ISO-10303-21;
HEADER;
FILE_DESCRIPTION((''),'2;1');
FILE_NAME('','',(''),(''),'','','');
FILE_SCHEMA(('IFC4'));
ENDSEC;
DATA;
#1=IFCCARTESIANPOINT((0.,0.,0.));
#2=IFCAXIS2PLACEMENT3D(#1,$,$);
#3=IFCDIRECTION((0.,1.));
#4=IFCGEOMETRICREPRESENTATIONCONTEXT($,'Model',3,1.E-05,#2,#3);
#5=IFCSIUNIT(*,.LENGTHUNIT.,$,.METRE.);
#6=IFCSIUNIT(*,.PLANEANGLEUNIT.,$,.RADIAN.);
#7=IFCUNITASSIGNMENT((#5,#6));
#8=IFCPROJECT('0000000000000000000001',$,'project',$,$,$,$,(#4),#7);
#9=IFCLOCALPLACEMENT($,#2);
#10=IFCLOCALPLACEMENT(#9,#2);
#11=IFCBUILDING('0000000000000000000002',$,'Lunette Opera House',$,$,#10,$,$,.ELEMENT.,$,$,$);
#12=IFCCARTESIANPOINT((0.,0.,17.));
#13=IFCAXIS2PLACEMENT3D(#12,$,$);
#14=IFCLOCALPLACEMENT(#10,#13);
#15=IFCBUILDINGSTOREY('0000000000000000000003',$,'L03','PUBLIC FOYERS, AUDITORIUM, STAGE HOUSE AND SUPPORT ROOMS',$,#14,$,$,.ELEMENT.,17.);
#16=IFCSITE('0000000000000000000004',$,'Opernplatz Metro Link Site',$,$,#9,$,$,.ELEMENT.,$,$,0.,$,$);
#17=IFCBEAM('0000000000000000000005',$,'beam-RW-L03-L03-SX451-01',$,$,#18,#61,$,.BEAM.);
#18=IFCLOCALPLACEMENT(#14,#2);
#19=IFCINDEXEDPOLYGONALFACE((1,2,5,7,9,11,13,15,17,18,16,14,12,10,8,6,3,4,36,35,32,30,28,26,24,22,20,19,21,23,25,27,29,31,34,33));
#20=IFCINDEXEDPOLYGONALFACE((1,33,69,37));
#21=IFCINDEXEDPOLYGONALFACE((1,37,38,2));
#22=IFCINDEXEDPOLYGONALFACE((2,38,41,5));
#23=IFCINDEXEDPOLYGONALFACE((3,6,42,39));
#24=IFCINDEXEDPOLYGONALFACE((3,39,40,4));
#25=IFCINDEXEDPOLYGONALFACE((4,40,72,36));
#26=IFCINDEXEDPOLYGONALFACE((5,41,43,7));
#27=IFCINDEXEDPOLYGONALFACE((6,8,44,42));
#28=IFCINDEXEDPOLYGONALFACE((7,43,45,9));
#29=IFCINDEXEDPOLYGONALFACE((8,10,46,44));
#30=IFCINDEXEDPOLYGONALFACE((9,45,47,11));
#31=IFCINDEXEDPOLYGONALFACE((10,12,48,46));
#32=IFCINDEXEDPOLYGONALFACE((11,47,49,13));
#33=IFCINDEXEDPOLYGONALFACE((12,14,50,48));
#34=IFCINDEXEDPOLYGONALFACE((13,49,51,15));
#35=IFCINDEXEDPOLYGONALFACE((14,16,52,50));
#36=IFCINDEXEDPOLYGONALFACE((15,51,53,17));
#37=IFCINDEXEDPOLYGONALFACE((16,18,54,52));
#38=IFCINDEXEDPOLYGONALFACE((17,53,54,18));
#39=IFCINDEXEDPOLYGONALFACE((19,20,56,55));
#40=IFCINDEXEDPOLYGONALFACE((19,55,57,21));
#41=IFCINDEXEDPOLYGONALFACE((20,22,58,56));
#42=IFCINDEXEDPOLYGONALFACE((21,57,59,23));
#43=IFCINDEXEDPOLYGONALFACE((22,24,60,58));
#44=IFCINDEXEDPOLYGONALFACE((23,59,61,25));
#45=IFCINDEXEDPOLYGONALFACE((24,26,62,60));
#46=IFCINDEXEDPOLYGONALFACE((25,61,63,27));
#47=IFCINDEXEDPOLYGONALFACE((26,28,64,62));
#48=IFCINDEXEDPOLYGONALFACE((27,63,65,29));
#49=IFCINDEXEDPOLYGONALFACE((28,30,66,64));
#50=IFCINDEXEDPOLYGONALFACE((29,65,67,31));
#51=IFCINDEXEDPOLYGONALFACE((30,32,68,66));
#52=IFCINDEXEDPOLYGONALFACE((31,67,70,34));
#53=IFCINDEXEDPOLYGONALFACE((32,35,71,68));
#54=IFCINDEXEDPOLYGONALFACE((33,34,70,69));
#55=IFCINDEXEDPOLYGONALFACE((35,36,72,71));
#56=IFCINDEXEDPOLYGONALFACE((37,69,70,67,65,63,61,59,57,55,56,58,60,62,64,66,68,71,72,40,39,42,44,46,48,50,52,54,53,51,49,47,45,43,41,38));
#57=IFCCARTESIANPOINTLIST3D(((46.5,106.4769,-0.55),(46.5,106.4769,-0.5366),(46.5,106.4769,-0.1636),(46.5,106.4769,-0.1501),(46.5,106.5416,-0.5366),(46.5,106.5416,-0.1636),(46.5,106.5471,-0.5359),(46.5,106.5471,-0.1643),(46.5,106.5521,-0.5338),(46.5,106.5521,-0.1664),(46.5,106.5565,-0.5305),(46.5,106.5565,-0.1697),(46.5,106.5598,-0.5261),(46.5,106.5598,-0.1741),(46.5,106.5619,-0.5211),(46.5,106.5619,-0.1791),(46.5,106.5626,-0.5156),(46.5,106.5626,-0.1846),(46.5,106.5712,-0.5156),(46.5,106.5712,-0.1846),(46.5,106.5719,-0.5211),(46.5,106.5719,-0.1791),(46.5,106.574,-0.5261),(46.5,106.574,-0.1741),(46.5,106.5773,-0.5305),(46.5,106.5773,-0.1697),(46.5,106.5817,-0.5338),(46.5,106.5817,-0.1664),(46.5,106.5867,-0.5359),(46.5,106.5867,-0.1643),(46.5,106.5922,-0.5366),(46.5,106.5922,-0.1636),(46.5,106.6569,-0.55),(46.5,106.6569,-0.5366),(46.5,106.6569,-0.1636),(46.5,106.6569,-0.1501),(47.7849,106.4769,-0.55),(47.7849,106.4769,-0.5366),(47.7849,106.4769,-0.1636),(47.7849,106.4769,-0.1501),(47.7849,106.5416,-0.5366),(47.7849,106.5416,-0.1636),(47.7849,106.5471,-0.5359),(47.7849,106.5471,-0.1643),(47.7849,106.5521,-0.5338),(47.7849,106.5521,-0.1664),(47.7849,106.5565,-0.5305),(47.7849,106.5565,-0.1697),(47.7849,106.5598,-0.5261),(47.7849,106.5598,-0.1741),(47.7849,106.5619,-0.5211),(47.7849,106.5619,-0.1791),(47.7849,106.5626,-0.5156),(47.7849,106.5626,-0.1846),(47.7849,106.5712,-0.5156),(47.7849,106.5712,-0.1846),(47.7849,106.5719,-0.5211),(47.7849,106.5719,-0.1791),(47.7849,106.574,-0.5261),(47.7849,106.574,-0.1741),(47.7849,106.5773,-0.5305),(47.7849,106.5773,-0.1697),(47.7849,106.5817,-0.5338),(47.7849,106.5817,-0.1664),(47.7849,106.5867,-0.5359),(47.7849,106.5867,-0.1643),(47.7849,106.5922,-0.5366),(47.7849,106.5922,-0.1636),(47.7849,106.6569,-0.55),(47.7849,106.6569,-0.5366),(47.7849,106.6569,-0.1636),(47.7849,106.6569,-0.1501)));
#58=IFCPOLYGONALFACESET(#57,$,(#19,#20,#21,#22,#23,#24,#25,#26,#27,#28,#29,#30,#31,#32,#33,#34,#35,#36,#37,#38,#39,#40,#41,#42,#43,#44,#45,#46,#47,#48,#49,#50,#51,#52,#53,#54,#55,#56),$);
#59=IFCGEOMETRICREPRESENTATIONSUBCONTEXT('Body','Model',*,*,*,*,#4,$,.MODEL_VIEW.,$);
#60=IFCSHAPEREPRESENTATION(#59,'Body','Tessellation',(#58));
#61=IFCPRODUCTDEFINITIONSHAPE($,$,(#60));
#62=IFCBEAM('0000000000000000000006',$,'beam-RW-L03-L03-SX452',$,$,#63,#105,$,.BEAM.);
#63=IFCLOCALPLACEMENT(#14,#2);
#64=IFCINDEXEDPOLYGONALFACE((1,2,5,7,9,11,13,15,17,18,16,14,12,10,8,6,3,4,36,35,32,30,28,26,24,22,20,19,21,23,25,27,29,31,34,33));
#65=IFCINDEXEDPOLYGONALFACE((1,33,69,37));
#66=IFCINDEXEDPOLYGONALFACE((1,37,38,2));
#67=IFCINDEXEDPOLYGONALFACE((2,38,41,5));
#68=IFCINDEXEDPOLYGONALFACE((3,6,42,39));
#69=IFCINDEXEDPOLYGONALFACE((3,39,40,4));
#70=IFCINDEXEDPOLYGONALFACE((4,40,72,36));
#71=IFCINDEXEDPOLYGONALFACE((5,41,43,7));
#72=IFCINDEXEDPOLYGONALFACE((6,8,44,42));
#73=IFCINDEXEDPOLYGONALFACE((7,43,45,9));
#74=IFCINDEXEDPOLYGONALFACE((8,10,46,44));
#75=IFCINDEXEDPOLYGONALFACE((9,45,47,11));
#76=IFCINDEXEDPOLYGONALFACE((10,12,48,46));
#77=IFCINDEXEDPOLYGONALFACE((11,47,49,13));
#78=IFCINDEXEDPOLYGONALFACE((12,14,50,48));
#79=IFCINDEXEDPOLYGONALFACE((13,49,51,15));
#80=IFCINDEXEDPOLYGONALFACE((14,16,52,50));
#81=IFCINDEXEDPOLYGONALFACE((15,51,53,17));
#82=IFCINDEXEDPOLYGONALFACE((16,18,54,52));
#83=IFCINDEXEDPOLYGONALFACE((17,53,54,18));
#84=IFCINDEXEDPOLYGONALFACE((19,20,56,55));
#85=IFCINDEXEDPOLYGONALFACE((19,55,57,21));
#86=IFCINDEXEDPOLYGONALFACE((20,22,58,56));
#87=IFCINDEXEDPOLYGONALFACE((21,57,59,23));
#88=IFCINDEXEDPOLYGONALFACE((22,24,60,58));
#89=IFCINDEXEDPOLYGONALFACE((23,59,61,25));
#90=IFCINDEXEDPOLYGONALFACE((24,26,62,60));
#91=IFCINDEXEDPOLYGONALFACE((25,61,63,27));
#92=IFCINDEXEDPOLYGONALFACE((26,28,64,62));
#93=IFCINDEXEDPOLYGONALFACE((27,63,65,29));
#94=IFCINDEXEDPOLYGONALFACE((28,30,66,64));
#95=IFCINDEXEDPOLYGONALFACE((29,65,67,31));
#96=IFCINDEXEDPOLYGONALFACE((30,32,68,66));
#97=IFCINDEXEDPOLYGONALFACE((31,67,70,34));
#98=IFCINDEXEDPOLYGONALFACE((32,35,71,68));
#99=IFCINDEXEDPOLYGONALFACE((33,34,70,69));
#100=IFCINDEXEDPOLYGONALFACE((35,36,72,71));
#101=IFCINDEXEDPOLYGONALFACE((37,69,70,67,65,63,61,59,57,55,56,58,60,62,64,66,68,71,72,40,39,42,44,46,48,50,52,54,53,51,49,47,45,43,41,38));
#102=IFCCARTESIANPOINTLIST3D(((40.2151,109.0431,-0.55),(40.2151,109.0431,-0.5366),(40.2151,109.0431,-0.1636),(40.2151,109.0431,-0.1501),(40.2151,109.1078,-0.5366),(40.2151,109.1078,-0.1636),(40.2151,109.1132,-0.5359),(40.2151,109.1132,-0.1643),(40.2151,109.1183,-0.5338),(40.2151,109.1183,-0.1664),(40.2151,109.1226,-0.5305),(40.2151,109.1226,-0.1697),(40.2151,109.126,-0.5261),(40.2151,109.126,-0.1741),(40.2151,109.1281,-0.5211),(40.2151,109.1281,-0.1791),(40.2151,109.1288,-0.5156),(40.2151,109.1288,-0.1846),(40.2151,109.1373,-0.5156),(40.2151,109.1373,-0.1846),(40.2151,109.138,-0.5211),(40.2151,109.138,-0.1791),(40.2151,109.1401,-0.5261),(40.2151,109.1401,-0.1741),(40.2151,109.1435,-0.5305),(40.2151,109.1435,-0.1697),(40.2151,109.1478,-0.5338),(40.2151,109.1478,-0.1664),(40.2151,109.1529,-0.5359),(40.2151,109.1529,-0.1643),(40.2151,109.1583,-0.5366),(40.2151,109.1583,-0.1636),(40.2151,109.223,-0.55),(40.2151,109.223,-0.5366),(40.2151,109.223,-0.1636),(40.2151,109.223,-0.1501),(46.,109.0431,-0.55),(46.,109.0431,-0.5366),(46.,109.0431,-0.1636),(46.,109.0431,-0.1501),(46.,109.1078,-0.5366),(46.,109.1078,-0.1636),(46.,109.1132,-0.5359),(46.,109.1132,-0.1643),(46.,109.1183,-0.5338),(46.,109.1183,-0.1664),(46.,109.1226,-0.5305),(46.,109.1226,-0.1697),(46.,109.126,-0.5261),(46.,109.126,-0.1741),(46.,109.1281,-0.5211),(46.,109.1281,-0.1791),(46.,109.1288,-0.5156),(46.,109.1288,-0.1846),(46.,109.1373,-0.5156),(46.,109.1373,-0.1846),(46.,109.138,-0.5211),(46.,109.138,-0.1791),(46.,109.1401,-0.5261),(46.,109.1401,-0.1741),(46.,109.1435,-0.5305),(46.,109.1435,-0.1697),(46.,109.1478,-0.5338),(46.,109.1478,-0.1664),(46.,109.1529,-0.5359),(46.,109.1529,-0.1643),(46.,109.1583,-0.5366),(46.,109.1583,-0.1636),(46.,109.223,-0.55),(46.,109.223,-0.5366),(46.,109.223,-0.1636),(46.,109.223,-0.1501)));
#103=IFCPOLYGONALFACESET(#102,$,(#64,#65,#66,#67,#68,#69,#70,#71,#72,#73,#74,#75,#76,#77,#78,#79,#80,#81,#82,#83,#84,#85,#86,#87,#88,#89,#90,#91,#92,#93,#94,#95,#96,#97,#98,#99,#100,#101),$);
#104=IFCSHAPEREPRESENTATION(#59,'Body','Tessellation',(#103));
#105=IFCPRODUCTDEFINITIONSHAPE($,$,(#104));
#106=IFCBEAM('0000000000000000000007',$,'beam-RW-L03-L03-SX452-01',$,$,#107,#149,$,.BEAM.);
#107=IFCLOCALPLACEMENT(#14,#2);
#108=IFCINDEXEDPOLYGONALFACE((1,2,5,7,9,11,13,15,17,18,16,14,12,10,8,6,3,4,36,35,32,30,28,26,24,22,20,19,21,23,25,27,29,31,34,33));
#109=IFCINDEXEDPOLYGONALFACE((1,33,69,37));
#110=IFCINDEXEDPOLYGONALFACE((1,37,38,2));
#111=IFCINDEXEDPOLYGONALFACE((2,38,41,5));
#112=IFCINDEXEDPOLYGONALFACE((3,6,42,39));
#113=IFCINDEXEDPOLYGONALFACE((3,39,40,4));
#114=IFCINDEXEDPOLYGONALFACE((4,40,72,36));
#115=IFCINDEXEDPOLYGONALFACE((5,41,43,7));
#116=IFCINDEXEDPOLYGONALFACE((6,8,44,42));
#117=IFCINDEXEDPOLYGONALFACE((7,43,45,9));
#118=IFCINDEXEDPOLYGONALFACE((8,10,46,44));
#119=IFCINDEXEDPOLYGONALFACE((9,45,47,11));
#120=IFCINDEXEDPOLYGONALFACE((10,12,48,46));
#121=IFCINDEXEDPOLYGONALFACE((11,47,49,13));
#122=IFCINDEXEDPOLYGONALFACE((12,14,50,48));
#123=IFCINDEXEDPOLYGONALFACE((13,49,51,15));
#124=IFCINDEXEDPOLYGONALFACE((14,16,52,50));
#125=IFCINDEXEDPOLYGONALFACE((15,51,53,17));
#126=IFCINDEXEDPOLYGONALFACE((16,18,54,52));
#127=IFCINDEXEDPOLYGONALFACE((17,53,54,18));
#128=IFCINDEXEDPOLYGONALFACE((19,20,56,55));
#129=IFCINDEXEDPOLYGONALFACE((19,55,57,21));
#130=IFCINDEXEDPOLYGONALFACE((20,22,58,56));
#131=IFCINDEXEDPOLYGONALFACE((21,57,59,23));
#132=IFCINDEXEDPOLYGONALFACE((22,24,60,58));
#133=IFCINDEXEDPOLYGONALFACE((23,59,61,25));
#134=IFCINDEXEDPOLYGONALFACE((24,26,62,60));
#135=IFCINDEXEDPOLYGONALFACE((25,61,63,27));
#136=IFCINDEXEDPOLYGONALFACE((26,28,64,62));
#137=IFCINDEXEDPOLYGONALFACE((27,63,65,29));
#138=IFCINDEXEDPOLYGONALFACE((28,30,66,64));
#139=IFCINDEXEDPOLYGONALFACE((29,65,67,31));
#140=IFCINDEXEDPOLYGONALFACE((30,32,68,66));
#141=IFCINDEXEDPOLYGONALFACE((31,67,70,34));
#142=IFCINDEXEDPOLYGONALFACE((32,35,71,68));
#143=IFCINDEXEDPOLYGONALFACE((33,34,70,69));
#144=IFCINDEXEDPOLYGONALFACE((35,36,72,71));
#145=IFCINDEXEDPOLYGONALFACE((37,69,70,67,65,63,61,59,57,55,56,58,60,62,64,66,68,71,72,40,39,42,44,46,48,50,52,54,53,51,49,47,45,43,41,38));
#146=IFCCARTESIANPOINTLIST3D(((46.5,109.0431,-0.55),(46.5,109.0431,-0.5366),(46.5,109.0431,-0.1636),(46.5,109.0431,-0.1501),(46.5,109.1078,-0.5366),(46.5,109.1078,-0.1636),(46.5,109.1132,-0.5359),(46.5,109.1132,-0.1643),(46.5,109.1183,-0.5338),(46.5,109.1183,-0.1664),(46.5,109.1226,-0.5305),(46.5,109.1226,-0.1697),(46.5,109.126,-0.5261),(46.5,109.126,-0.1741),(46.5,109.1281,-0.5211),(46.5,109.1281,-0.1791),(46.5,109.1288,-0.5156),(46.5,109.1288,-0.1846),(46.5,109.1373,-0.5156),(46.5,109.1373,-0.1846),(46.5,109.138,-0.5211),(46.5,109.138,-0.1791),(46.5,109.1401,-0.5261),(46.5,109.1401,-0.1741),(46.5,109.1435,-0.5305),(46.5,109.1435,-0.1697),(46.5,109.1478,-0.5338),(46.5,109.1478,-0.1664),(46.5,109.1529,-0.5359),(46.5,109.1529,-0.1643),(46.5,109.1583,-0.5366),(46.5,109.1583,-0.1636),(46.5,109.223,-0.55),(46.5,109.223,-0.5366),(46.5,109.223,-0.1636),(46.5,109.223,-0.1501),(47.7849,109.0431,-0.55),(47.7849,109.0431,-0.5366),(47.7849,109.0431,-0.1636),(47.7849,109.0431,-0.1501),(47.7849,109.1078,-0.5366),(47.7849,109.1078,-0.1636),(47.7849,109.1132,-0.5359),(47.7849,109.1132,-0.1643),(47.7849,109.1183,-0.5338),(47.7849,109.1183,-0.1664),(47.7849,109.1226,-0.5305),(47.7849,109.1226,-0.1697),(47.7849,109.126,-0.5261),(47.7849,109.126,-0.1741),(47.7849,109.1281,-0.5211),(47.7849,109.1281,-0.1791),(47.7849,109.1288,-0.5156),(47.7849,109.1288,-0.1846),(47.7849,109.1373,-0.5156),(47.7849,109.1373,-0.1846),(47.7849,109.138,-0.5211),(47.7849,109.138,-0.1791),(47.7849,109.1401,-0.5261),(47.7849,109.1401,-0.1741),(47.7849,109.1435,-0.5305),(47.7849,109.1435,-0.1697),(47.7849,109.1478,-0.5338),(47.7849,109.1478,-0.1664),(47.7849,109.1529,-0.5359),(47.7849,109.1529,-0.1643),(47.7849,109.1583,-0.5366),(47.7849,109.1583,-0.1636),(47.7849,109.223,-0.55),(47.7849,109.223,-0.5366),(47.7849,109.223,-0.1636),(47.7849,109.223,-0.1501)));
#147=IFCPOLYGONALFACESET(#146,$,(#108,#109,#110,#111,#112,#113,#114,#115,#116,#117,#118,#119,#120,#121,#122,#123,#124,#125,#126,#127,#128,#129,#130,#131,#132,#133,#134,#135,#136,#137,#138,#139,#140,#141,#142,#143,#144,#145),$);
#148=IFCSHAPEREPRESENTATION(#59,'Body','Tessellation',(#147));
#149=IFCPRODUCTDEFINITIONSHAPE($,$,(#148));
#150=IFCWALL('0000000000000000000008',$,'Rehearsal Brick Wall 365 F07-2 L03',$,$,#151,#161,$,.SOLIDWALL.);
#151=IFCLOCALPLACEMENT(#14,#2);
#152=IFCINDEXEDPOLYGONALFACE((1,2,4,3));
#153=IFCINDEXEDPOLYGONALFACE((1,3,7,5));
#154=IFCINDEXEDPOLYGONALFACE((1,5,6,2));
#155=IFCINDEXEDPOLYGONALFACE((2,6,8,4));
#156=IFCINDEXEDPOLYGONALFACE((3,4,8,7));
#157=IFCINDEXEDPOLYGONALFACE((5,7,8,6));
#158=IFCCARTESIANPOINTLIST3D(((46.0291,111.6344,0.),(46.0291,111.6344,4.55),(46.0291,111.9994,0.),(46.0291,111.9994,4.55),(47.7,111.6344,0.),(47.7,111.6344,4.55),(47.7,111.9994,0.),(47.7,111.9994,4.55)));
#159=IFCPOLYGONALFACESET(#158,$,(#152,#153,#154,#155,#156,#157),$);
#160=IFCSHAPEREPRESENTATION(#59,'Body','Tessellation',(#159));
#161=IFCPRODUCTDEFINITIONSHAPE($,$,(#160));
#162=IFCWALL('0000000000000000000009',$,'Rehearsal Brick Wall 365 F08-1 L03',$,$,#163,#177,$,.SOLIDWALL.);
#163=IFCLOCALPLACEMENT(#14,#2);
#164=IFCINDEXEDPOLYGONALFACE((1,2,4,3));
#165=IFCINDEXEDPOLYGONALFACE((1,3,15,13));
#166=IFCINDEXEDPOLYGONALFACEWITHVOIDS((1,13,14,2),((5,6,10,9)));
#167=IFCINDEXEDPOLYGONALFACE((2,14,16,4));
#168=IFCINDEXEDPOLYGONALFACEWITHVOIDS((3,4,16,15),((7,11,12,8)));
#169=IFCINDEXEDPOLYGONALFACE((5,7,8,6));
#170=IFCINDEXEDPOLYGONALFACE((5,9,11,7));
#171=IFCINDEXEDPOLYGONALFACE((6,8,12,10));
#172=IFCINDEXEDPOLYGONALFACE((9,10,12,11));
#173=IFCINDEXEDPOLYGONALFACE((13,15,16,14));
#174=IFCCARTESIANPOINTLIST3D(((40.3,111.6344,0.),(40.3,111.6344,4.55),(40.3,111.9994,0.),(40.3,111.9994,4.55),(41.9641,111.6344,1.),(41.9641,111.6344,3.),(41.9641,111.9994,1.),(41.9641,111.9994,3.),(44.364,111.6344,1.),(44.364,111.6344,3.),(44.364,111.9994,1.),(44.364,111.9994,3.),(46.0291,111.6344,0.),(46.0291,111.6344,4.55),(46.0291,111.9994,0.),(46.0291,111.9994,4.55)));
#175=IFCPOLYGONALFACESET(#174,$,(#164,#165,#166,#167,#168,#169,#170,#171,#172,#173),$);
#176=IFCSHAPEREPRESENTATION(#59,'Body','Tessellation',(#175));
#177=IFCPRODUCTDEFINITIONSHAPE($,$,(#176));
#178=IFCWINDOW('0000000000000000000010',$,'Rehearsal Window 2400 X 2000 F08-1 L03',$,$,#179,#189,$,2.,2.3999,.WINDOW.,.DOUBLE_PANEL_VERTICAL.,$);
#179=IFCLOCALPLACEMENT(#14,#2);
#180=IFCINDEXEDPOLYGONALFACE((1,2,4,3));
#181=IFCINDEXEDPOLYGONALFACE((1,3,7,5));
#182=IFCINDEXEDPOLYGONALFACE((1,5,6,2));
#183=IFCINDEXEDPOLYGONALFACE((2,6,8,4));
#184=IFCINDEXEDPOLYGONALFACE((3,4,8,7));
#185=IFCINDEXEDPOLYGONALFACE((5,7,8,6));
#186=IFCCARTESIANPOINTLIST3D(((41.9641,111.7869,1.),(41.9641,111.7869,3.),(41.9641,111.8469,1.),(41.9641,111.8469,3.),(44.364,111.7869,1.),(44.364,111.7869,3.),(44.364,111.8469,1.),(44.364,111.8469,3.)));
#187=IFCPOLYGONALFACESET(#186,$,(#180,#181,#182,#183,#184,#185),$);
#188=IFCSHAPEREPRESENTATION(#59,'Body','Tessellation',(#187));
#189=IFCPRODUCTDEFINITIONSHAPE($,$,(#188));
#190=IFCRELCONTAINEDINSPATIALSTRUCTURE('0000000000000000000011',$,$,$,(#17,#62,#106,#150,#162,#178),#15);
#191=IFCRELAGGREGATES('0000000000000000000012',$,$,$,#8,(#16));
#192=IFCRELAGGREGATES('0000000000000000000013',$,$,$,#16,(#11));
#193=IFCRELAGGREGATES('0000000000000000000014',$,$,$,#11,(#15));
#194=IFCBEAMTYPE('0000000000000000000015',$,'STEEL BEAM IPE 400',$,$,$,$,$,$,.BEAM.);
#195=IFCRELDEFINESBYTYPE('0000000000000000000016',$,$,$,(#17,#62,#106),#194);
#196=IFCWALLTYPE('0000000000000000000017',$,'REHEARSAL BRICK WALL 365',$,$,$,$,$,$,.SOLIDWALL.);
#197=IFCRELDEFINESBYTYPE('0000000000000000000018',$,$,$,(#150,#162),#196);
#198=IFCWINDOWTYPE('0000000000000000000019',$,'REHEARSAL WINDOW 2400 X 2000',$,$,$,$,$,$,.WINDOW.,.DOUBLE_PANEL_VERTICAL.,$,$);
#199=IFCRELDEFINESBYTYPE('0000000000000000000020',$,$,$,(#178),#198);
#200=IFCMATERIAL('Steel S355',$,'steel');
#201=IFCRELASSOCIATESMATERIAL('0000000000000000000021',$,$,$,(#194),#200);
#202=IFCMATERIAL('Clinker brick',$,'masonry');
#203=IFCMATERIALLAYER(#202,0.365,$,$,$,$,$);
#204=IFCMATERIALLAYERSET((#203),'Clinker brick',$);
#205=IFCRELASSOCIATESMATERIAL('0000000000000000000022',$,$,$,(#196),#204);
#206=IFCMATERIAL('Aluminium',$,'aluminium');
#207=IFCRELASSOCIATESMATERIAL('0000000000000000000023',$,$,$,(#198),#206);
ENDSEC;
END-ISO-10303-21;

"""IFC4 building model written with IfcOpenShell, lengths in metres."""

from ifc_helpers import new_model, si_unit, direction, frame, frame_2d, origin, origin_2d, place, context, subcontext, project, spatial, rectangle, i_section, extrude, material, layer, layer_set, material_profile, profile_set, type_object, element, fill, save


model = new_model("IFC4")

# Units and contexts
model_context = context("Model", 3, precision=1e-05, world=origin(), true_north=direction((0.0, 1.0)))
body_context = subcontext(model_context, "Body", "Model", "MODEL_VIEW")
ifc_project = project(units=[si_unit("LENGTHUNIT", "METRE"), si_unit("PLANEANGLEUNIT", "RADIAN")], contexts=[model_context])

# Site, building, storey
site_placement = place(None, origin())
site = spatial("IfcSite", under=ifc_project, at=site_placement, Name="Opernplatz Metro Link Site", CompositionType="ELEMENT", RefElevation=0.0)
building_placement = place(site_placement, origin())
building = spatial("IfcBuilding", under=site, at=building_placement, Name="Lunette Opera House", CompositionType="ELEMENT")
storey_placement = place(building_placement, frame((0.0, 0.0, 17.0)))
storey = spatial("IfcBuildingStorey", under=building, at=storey_placement, Name="L03", Description="PUBLIC FOYERS, AUDITORIUM, STAGE HOUSE AND SUPPORT ROOMS", CompositionType="ELEMENT", Elevation=17.0)

# Beams
ifc_material_1 = material(Name="Steel S355", Category="steel")
ifc_material_profile_1 = material_profile(ifc_material_1, i_section(OverallWidth=0.1799, OverallDepth=0.3999, WebThickness=0.0085, FlangeThickness=0.0134, FilletRadius=0.021, at=origin_2d()), Name="IPE 400")
ifc_profile_set_1 = profile_set([ifc_material_profile_1], Name="Steel S355")
beam_type_1 = type_object("IfcBeamType", Name="STEEL BEAM IPE 400", PredefinedType="BEAM", material=ifc_profile_set_1)
beam_1_placement = place(storey_placement, frame((46.5, 106.5669, -0.3501), z_axis=(1.0, 0.0, 0.0), x_axis=(0.0, 1.0, 0.0)))
element("IfcBeam", 1, at=beam_1_placement, inside=storey, type_object=beam_type_1, Name="beam-RW-L03-L03-SX451-01", PredefinedType="BEAM", context=body_context, shape_type="SweptSolid", body=[
    extrude(i_section(OverallWidth=0.1799, OverallDepth=0.3999, WebThickness=0.0085, FlangeThickness=0.0134, FilletRadius=0.021, at=origin_2d()), origin(), (0.0, 0.0, 1.0), 1.2849),
])
beam_2_placement = place(storey_placement, frame((40.2151, 109.1331, -0.3501), z_axis=(1.0, 0.0, 0.0), x_axis=(0.0, 1.0, 0.0)))
element("IfcBeam", 2, at=beam_2_placement, inside=storey, type_object=beam_type_1, Name="beam-RW-L03-L03-SX452", PredefinedType="BEAM", context=body_context, shape_type="SweptSolid", body=[
    extrude(i_section(OverallWidth=0.1799, OverallDepth=0.3999, WebThickness=0.0085, FlangeThickness=0.0134, FilletRadius=0.021, at=origin_2d()), origin(), (0.0, 0.0, 1.0), 5.7849),
])
beam_3_placement = place(storey_placement, frame((46.5, 109.1331, -0.3501), z_axis=(1.0, 0.0, 0.0), x_axis=(0.0, 1.0, 0.0)))
element("IfcBeam", 3, at=beam_3_placement, inside=storey, type_object=beam_type_1, Name="beam-RW-L03-L03-SX452-01", PredefinedType="BEAM", context=body_context, shape_type="SweptSolid", body=[
    extrude(i_section(OverallWidth=0.1799, OverallDepth=0.3999, WebThickness=0.0085, FlangeThickness=0.0134, FilletRadius=0.021, at=origin_2d()), origin(), (0.0, 0.0, 1.0), 1.2849),
])

# Wall
ifc_material_2 = material(Name="Clinker brick", Category="masonry")
ifc_layer_1 = layer(ifc_material_2, 0.365)
ifc_layer_set_1 = layer_set([ifc_layer_1], Name="Clinker brick")
wall_type = type_object("IfcWallType", Name="REHEARSAL BRICK WALL 365", PredefinedType="SOLIDWALL", material=ifc_layer_set_1)
wall_1_placement = place(storey_placement, frame((47.7, 111.8169, 0.0), z_axis=(0.0, 0.0, 1.0), x_axis=(-1.0, 0.0, 0.0)))
element("IfcWall", 4, at=wall_1_placement, inside=storey, type_object=wall_type, Name="Rehearsal Brick Wall 365 F07-2 L03", PredefinedType="SOLIDWALL", context=body_context, shape_type="SweptSolid", body=[
    extrude(rectangle(XDim=1.6709, YDim=0.365, at=frame_2d((0.8354, 0.0))), origin(), (0.0, 0.0, 1.0), 4.55),
])

# Wall, opening, window
wall_2_placement = place(storey_placement, frame((46.0291, 111.8169, 0.0), z_axis=(0.0, 0.0, 1.0), x_axis=(-1.0, 0.0, 0.0)))
wall_2 = element("IfcWall", 5, at=wall_2_placement, inside=storey, type_object=wall_type, Name="Rehearsal Brick Wall 365 F08-1 L03", PredefinedType="SOLIDWALL", context=body_context, shape_type="SweptSolid", body=[
    extrude(rectangle(XDim=5.729, YDim=0.365, at=frame_2d((2.8645, 0.0))), origin(), (0.0, 0.0, 1.0), 4.55),
])
opening_1_placement = place(wall_2_placement, frame((1.665, 0.0, 1.0)))
opening_1 = element("IfcOpeningElement", 6, at=opening_1_placement, cuts=wall_2, PredefinedType="OPENING", context=body_context, shape_type="SweptSolid", body=[
    extrude(rectangle(XDim=2.3999, YDim=2.0, at=frame_2d((1.2, 1.0))), frame((0.0, 0.1946, 0.0), z_axis=(0.0, -1.0, 0.0), x_axis=(1.0, 0.0, 0.0)), (0.0, 0.0, 1.0), 0.3889),
])
ifc_material_3 = material(Name="Aluminium", Category="aluminium")
window_type = type_object("IfcWindowType", Name="REHEARSAL WINDOW 2400 X 2000", PartitioningType="DOUBLE_PANEL_VERTICAL", PredefinedType="WINDOW", material=ifc_material_3)
window_1_placement = place(opening_1_placement, origin())
window_1 = element("IfcWindow", 7, at=window_1_placement, inside=storey, type_object=window_type, Name="Rehearsal Window 2400 X 2000 F08-1 L03", OverallHeight=2.0, OverallWidth=2.3999, PartitioningType="DOUBLE_PANEL_VERTICAL", PredefinedType="WINDOW", context=body_context, shape_type="SweptSolid", body=[
    extrude(rectangle(XDim=2.3999, YDim=2.0, at=frame_2d((1.2, 1.0))), frame((0.0, 0.03, 0.0), z_axis=(0.0, -1.0, 0.0), x_axis=(1.0, 0.0, 0.0)), (0.0, 0.0, 1.0), 0.0601),
])
fill(opening_1, window_1)

save(model, "model.ifc")
